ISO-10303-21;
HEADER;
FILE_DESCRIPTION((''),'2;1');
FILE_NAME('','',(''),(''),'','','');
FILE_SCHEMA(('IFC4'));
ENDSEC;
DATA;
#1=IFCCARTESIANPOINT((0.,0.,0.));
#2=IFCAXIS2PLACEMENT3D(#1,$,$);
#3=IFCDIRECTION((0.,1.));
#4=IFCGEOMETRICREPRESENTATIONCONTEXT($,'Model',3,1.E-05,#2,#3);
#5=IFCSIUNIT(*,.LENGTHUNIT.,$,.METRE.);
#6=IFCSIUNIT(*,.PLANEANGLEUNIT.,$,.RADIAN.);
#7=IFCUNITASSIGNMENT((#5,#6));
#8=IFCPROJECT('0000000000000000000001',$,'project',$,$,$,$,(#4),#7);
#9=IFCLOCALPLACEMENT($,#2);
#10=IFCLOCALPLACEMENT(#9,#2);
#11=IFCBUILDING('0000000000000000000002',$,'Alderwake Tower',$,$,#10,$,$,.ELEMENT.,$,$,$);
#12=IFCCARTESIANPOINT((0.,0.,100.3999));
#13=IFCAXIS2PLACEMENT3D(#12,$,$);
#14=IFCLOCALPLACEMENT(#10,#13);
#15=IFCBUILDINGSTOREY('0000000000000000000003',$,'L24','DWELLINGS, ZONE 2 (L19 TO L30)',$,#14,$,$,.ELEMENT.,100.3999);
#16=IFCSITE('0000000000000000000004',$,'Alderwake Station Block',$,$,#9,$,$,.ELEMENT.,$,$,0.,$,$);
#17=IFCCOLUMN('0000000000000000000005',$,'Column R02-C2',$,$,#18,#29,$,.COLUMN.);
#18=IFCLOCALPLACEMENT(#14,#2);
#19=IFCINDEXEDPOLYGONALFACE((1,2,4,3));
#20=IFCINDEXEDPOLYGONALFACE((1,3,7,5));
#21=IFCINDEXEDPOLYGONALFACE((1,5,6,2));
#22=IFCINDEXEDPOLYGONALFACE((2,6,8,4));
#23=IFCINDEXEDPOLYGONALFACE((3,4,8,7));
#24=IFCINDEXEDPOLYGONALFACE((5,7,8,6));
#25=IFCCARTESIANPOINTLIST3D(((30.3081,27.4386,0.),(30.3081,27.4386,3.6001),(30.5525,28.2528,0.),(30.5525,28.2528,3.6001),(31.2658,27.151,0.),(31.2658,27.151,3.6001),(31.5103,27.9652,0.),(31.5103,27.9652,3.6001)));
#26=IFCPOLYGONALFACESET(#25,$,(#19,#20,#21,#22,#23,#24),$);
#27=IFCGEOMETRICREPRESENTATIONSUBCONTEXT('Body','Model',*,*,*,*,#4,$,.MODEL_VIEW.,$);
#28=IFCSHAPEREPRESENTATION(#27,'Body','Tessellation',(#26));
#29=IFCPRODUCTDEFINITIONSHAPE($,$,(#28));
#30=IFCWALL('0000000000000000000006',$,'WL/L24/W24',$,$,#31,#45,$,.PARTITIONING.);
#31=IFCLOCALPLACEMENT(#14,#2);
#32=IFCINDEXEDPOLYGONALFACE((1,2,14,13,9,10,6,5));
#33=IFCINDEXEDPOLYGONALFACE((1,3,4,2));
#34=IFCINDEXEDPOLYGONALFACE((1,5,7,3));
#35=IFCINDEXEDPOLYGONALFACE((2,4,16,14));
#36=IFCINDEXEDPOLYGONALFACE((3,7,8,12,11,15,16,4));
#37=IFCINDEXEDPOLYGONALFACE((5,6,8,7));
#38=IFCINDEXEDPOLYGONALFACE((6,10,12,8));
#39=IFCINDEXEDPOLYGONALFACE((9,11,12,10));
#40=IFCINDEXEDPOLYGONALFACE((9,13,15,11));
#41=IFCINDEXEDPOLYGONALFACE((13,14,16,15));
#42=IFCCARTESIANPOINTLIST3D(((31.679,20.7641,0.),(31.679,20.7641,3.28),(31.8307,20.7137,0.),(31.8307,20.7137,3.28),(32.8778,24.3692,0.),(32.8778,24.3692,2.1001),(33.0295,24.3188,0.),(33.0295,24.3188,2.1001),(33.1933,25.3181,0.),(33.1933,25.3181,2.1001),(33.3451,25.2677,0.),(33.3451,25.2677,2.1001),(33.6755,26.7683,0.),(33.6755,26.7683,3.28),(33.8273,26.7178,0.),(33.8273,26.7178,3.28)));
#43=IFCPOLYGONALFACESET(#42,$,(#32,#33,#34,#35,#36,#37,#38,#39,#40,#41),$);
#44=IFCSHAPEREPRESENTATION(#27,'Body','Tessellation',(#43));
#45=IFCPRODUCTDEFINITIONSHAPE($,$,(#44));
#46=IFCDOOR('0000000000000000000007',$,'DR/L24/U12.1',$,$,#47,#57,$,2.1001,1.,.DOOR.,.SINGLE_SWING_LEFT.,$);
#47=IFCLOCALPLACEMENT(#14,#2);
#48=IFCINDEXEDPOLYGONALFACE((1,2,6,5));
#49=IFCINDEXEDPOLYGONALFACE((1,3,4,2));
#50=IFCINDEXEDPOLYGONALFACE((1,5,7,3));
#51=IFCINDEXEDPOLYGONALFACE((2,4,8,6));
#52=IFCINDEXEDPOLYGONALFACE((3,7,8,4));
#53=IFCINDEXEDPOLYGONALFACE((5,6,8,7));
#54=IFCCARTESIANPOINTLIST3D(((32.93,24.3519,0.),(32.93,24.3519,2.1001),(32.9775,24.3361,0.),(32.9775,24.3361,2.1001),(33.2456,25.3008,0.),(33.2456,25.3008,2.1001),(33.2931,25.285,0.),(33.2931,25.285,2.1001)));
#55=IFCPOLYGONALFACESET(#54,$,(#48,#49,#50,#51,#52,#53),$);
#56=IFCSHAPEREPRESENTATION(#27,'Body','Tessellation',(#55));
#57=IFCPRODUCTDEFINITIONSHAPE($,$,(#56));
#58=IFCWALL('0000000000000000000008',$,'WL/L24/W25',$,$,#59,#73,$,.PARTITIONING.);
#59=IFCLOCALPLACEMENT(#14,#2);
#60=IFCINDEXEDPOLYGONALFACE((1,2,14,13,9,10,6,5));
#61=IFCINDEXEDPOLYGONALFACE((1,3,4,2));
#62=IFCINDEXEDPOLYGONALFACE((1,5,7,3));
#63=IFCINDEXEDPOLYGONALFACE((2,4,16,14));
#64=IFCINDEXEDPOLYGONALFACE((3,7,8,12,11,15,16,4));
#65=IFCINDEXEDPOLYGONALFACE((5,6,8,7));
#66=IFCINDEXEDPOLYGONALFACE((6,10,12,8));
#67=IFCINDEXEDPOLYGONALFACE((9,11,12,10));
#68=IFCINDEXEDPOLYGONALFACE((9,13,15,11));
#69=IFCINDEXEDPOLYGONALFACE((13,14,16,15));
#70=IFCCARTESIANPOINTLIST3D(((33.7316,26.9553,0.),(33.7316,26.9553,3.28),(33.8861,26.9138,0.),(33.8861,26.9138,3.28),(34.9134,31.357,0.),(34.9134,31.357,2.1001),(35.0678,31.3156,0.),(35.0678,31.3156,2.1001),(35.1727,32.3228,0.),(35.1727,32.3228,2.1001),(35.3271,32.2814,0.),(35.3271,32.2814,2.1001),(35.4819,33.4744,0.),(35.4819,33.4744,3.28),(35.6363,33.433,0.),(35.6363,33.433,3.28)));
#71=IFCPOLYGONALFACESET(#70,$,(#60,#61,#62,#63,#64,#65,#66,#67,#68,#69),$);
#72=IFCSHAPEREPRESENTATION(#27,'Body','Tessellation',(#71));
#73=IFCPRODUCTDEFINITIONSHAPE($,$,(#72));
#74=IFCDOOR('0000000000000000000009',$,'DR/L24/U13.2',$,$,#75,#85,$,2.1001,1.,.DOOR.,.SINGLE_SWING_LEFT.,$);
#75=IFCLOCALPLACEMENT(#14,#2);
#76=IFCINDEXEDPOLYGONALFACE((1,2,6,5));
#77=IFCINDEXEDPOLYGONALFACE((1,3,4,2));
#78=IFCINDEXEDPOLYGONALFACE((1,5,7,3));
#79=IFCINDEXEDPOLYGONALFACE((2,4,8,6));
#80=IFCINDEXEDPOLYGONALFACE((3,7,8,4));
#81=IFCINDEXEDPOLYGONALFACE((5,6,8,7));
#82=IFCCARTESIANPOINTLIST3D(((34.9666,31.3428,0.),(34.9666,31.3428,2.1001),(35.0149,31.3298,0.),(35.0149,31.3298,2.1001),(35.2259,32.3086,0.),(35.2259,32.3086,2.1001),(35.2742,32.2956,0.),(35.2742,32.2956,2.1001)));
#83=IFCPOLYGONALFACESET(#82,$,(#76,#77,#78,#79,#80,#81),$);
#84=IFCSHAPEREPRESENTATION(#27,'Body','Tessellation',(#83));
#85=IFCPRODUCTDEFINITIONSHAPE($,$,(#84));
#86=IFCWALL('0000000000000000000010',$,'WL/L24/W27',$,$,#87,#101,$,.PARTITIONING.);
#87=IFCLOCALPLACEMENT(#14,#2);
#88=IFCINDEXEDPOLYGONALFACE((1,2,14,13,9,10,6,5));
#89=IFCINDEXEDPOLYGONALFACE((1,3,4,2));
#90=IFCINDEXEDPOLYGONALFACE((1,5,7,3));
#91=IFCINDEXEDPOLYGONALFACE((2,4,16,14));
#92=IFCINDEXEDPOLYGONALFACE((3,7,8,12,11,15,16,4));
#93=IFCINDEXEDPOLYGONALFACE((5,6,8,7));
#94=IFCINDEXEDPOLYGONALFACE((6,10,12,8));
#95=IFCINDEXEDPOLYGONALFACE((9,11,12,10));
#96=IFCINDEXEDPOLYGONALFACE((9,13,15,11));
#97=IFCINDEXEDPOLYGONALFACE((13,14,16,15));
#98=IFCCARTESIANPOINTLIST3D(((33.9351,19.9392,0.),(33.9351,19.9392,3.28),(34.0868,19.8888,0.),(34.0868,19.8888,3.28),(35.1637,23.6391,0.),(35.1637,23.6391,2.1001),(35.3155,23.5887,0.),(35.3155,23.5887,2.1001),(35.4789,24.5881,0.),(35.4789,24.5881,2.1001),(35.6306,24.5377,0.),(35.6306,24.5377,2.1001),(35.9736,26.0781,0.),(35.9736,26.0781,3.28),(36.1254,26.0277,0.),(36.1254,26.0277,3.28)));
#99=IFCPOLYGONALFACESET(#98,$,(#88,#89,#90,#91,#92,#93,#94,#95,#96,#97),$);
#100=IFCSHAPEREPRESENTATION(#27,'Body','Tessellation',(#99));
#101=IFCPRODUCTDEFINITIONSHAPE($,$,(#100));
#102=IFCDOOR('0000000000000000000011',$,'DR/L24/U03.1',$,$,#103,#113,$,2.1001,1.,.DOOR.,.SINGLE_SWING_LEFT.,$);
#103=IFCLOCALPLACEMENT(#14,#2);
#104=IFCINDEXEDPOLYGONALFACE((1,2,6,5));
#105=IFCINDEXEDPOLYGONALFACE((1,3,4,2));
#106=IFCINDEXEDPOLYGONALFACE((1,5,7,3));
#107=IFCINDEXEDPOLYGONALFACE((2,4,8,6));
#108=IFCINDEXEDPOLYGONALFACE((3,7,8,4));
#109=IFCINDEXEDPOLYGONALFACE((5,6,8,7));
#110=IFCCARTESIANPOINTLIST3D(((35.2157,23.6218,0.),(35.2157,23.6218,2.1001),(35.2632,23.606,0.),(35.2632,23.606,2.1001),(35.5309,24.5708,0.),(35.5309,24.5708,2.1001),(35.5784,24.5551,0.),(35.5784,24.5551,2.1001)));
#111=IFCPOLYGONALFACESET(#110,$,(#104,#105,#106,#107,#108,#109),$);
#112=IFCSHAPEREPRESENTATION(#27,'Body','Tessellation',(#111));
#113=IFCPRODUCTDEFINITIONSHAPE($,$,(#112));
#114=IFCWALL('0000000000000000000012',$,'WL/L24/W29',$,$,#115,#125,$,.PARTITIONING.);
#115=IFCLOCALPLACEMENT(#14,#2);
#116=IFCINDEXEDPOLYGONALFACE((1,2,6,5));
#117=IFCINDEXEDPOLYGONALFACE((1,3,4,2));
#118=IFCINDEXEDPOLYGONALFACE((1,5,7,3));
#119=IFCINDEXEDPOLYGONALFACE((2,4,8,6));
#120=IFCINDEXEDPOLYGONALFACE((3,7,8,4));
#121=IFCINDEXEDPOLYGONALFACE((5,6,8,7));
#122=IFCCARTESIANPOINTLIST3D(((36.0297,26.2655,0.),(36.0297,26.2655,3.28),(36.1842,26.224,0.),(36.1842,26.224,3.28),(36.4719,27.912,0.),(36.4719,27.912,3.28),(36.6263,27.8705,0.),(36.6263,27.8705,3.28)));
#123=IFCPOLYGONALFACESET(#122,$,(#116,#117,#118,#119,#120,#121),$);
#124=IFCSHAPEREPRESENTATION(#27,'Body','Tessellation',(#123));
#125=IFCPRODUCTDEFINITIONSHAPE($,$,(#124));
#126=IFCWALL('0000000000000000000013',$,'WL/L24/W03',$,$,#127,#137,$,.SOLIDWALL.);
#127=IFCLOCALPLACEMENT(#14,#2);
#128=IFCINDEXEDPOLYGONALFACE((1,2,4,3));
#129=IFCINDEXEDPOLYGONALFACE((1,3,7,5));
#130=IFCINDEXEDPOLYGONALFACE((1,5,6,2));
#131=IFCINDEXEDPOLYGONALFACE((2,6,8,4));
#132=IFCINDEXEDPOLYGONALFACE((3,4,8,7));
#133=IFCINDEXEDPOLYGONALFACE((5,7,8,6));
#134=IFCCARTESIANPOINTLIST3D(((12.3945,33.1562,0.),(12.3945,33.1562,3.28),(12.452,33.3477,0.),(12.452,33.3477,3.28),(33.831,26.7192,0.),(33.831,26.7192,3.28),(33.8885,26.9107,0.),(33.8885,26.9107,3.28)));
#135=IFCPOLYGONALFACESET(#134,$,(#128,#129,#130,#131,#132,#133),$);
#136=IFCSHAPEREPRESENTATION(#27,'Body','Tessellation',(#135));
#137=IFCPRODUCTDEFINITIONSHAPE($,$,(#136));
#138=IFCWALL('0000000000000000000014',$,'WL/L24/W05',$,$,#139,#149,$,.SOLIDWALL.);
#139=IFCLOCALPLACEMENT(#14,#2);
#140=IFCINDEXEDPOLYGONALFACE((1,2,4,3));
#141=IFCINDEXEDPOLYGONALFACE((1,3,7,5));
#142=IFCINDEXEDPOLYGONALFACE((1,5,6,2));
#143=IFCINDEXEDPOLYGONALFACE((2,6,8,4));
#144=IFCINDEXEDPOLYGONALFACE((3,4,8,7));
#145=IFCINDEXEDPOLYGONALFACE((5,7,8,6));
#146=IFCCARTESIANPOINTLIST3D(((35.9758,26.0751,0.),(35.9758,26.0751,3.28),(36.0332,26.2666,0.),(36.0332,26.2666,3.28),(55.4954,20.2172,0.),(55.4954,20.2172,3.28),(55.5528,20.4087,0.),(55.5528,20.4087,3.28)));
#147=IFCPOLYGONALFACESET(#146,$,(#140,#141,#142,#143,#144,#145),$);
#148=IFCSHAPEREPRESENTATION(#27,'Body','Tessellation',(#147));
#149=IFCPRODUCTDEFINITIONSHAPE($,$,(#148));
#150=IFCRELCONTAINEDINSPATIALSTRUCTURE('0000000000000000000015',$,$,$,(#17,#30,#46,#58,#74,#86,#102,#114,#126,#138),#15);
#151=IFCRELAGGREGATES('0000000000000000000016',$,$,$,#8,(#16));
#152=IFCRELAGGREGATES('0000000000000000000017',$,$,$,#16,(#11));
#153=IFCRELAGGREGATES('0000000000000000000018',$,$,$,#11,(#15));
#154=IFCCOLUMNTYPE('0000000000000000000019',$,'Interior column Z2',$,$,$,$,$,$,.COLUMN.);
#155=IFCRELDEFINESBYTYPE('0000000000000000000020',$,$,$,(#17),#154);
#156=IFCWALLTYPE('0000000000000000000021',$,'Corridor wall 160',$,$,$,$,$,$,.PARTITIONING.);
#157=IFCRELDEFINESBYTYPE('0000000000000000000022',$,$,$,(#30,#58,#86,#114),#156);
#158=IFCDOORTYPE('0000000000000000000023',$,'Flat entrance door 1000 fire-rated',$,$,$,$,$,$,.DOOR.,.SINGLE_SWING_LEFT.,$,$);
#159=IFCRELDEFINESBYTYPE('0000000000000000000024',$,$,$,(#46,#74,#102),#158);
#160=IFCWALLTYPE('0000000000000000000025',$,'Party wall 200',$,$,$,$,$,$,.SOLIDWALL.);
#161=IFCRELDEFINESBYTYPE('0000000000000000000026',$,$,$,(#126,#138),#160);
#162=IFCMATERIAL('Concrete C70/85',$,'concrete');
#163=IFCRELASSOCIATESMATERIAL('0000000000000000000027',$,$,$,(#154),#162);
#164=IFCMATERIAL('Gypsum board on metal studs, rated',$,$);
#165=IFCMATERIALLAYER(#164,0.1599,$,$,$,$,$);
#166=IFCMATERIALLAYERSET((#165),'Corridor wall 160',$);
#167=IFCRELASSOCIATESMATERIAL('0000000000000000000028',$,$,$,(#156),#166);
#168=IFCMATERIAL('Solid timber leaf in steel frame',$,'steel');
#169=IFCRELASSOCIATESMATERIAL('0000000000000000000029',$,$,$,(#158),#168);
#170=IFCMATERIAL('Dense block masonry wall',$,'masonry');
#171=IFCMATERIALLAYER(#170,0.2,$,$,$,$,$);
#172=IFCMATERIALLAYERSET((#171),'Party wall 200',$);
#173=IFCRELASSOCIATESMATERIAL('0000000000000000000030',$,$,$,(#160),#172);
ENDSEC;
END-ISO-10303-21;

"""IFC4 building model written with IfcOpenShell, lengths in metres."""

from ifc_helpers import new_model, si_unit, direction, frame, frame_2d, origin, origin_2d, place, context, subcontext, project, spatial, rectangle, extrude, material, layer, layer_set, material_profile, profile_set, type_object, element, fill, save


model = new_model("IFC4")

# Units and contexts
model_context = context("Model", 3, precision=1e-05, world=origin(), true_north=direction((0.0, 1.0)))
body_context = subcontext(model_context, "Body", "Model", "MODEL_VIEW")
ifc_project = project(units=[si_unit("LENGTHUNIT", "METRE"), si_unit("PLANEANGLEUNIT", "RADIAN")], contexts=[model_context])

# Site, building, storey
site_placement = place(None, origin())
site = spatial("IfcSite", under=ifc_project, at=site_placement, Name="Alderwake Station Block", CompositionType="ELEMENT", RefElevation=0.0)
building_placement = place(site_placement, origin())
building = spatial("IfcBuilding", under=site, at=building_placement, Name="Alderwake Tower", CompositionType="ELEMENT")
storey_placement = place(building_placement, frame((0.0, 0.0, 100.3999)))
storey = spatial("IfcBuildingStorey", under=building, at=storey_placement, Name="L24", Description="DWELLINGS, ZONE 2 (L19 TO L30)", CompositionType="ELEMENT", Elevation=100.3999)

# Column
ifc_material_1 = material(Name="Concrete C70/85", Category="concrete")
ifc_material_profile = material_profile(ifc_material_1, rectangle(XDim=0.8501, YDim=1.0, at=origin_2d()), Name="RC 1000X850")
ifc_profile_set = profile_set([ifc_material_profile], Name="Concrete C70/85")
column_type = type_object("IfcColumnType", Name="Interior column Z2", PredefinedType="COLUMN", material=ifc_profile_set)
column_placement = place(storey_placement, frame((30.9092, 27.7019, 0.0), z_axis=(0.0, 0.0, 1.0), x_axis=(0.287549, 0.957766, 0.0)))
element("IfcColumn", 1, at=column_placement, inside=storey, type_object=column_type, Name="Column R02-C2", PredefinedType="COLUMN", context=body_context, shape_type="SweptSolid", body=[
    extrude(rectangle(XDim=0.8501, YDim=1.0, at=origin_2d()), origin(), (0.0, 0.0, 1.0), 3.6001),
])

# Walls, openings, doors
ifc_material_2 = material(Name="Gypsum board on metal studs, rated")
ifc_layer_1 = layer(ifc_material_2, 0.1599)
ifc_layer_set_1 = layer_set([ifc_layer_1], Name="Corridor wall 160")
wall_type_1 = type_object("IfcWallType", Name="Corridor wall 160", PredefinedType="PARTITIONING", material=ifc_layer_set_1)
wall_1_placement = place(storey_placement, frame((31.7549, 20.739, 0.0), z_axis=(0.0, 0.0, 1.0), x_axis=(0.315545, 0.948911, 0.0)))
wall_1 = element("IfcWall", 2, at=wall_1_placement, inside=storey, type_object=wall_type_1, Name="WL/L24/W24", PredefinedType="PARTITIONING", context=body_context, shape_type="SweptSolid", body=[
    extrude(rectangle(XDim=6.3274, YDim=0.1599, at=frame_2d((3.1636, 0.0))), origin(), (0.0, 0.0, 1.0), 3.28),
])
opening_1_placement = place(wall_1_placement, frame((3.7991, 0.0, 0.0)))
opening_1 = element("IfcOpeningElement", 3, at=opening_1_placement, cuts=wall_1, PredefinedType="OPENING", context=body_context, shape_type="SweptSolid", body=[
    extrude(rectangle(XDim=1.0, YDim=2.1001, at=frame_2d((0.5, 1.05))), frame((0.0, 0.0898, 0.0), z_axis=(0.0, -1.0, 0.0), x_axis=(1.0, 0.0, 0.0)), (0.0, 0.0, 1.0), 0.1799),
])
ifc_material_3 = material(Name="Solid timber leaf in steel frame", Category="steel")
door_type_1 = type_object("IfcDoorType", Name="Flat entrance door 1000 fire-rated", OperationType="SINGLE_SWING_LEFT", PredefinedType="DOOR", material=ifc_material_3)
door_1_placement = place(opening_1_placement, origin())
door_1 = element("IfcDoor", 4, at=door_1_placement, inside=storey, type_object=door_type_1, Name="DR/L24/U12.1", OperationType="SINGLE_SWING_LEFT", OverallHeight=2.1001, OverallWidth=1.0, PredefinedType="DOOR", context=body_context, shape_type="SweptSolid", body=[
    extrude(rectangle(XDim=1.0, YDim=2.1001, at=frame_2d((0.5, 1.05))), frame((0.0, 0.0249, 0.0), z_axis=(0.0, -1.0, 0.0), x_axis=(1.0, 0.0, 0.0)), (0.0, 0.0, 1.0), 0.05),
])
fill(opening_1, door_1)
wall_2_placement = place(storey_placement, frame((33.8088, 26.9346, 0.0), z_axis=(0.0, 0.0, 1.0), x_axis=(0.259299, 0.965797, 0.0)))
wall_2 = element("IfcWall", 5, at=wall_2_placement, inside=storey, type_object=wall_type_1, Name="WL/L24/W25", PredefinedType="PARTITIONING", context=body_context, shape_type="SweptSolid", body=[
    extrude(rectangle(XDim=6.75, YDim=0.1599, at=frame_2d((3.375, 0.0))), origin(), (0.0, 0.0, 1.0), 3.28),
])
opening_2_placement = place(wall_2_placement, frame((4.5576, 0.0, 0.0)))
opening_2 = element("IfcOpeningElement", 6, at=opening_2_placement, cuts=wall_2, PredefinedType="OPENING", context=body_context, shape_type="SweptSolid", body=[
    extrude(rectangle(XDim=1.0, YDim=2.1001, at=frame_2d((0.5, 1.05))), frame((0.0, 0.0898, 0.0), z_axis=(0.0, -1.0, 0.0), x_axis=(1.0, 0.0, 0.0)), (0.0, 0.0, 1.0), 0.1799),
])
door_2_placement = place(opening_2_placement, origin())
door_2 = element("IfcDoor", 7, at=door_2_placement, inside=storey, type_object=door_type_1, Name="DR/L24/U13.2", OperationType="SINGLE_SWING_LEFT", OverallHeight=2.1001, OverallWidth=1.0, PredefinedType="DOOR", context=body_context, shape_type="SweptSolid", body=[
    extrude(rectangle(XDim=1.0, YDim=2.1001, at=frame_2d((0.5, 1.05))), frame((0.0, 0.0249, 0.0), z_axis=(0.0, -1.0, 0.0), x_axis=(1.0, 0.0, 0.0)), (0.0, 0.0, 1.0), 0.05),
])
fill(opening_2, door_2)
wall_3_placement = place(storey_placement, frame((36.0496, 26.053, 0.0), z_axis=(0.0, 0.0, 1.0), x_axis=(-0.315152, -0.949041, 0.0)))
wall_3 = element("IfcWall", 8, at=wall_3_placement, inside=storey, type_object=wall_type_1, Name="WL/L24/W27", PredefinedType="PARTITIONING", context=body_context, shape_type="SweptSolid", body=[
    extrude(rectangle(XDim=6.4685, YDim=0.1599, at=frame_2d((3.2344, 0.0))), origin(), (0.0, 0.0, 1.0), 3.28),
])
opening_3_placement = place(wall_3_placement, frame((1.5701, 0.0, 0.0)))
opening_3 = element("IfcOpeningElement", 9, at=opening_3_placement, cuts=wall_3, PredefinedType="OPENING", context=body_context, shape_type="SweptSolid", body=[
    extrude(rectangle(XDim=1.0, YDim=2.1001, at=frame_2d((0.5, 1.05))), frame((0.0, 0.0898, 0.0), z_axis=(0.0, -1.0, 0.0), x_axis=(1.0, 0.0, 0.0)), (0.0, 0.0, 1.0), 0.1799),
])
door_3_placement = place(opening_3_placement, origin())
door_3 = element("IfcDoor", 10, at=door_3_placement, inside=storey, type_object=door_type_1, Name="DR/L24/U03.1", OperationType="SINGLE_SWING_LEFT", OverallHeight=2.1001, OverallWidth=1.0, PredefinedType="DOOR", context=body_context, shape_type="SweptSolid", body=[
    extrude(rectangle(XDim=1.0, YDim=2.1001, at=frame_2d((0.5, 1.05))), frame((0.0, 0.0249, 0.0), z_axis=(0.0, -1.0, 0.0), x_axis=(1.0, 0.0, 0.0)), (0.0, 0.0, 1.0), 0.05),
])
fill(opening_3, door_3)

# Walls
wall_4_placement = place(storey_placement, frame((36.1069, 26.2446, 0.0), z_axis=(0.0, 0.0, 1.0), x_axis=(0.259347, 0.965784, 0.0)))
element("IfcWall", 11, at=wall_4_placement, inside=storey, type_object=wall_type_1, Name="WL/L24/W29", PredefinedType="PARTITIONING", context=body_context, shape_type="SweptSolid", body=[
    extrude(rectangle(XDim=1.7048, YDim=0.1599, at=frame_2d((0.8525, 0.0))), origin(), (0.0, 0.0, 1.0), 3.28),
])
ifc_material_4 = material(Name="Dense block masonry wall", Category="masonry")
ifc_layer_2 = layer(ifc_material_4, 0.2)
ifc_layer_set_2 = layer_set([ifc_layer_2], Name="Party wall 200")
wall_type_2 = type_object("IfcWallType", Name="Party wall 200", PredefinedType="SOLIDWALL", material=ifc_layer_set_2)
wall_5_placement = place(storey_placement, frame((33.8596, 26.8149, 0.0), z_axis=(0.0, 0.0, 1.0), x_axis=(-0.957752, 0.287596, 0.0)))
element("IfcWall", 12, at=wall_5_placement, inside=storey, type_object=wall_type_2, Name="WL/L24/W03", PredefinedType="SOLIDWALL", context=body_context, shape_type="SweptSolid", body=[
    extrude(rectangle(XDim=22.3821, YDim=0.2, at=frame_2d((11.1909, 0.0))), origin(), (0.0, 0.0, 1.0), 3.28),
])
wall_6_placement = place(storey_placement, frame((36.0044, 26.1709, 0.0), z_axis=(0.0, 0.0, 1.0), x_axis=(0.957799, -0.28744, 0.0)))
element("IfcWall", 13, at=wall_6_placement, inside=storey, type_object=wall_type_2, Name="WL/L24/W05", PredefinedType="SOLIDWALL", context=body_context, shape_type="SweptSolid", body=[
    extrude(rectangle(XDim=20.3796, YDim=0.2, at=frame_2d((10.1899, 0.0))), origin(), (0.0, 0.0, 1.0), 3.28),
])

save(model, "model.ifc")
